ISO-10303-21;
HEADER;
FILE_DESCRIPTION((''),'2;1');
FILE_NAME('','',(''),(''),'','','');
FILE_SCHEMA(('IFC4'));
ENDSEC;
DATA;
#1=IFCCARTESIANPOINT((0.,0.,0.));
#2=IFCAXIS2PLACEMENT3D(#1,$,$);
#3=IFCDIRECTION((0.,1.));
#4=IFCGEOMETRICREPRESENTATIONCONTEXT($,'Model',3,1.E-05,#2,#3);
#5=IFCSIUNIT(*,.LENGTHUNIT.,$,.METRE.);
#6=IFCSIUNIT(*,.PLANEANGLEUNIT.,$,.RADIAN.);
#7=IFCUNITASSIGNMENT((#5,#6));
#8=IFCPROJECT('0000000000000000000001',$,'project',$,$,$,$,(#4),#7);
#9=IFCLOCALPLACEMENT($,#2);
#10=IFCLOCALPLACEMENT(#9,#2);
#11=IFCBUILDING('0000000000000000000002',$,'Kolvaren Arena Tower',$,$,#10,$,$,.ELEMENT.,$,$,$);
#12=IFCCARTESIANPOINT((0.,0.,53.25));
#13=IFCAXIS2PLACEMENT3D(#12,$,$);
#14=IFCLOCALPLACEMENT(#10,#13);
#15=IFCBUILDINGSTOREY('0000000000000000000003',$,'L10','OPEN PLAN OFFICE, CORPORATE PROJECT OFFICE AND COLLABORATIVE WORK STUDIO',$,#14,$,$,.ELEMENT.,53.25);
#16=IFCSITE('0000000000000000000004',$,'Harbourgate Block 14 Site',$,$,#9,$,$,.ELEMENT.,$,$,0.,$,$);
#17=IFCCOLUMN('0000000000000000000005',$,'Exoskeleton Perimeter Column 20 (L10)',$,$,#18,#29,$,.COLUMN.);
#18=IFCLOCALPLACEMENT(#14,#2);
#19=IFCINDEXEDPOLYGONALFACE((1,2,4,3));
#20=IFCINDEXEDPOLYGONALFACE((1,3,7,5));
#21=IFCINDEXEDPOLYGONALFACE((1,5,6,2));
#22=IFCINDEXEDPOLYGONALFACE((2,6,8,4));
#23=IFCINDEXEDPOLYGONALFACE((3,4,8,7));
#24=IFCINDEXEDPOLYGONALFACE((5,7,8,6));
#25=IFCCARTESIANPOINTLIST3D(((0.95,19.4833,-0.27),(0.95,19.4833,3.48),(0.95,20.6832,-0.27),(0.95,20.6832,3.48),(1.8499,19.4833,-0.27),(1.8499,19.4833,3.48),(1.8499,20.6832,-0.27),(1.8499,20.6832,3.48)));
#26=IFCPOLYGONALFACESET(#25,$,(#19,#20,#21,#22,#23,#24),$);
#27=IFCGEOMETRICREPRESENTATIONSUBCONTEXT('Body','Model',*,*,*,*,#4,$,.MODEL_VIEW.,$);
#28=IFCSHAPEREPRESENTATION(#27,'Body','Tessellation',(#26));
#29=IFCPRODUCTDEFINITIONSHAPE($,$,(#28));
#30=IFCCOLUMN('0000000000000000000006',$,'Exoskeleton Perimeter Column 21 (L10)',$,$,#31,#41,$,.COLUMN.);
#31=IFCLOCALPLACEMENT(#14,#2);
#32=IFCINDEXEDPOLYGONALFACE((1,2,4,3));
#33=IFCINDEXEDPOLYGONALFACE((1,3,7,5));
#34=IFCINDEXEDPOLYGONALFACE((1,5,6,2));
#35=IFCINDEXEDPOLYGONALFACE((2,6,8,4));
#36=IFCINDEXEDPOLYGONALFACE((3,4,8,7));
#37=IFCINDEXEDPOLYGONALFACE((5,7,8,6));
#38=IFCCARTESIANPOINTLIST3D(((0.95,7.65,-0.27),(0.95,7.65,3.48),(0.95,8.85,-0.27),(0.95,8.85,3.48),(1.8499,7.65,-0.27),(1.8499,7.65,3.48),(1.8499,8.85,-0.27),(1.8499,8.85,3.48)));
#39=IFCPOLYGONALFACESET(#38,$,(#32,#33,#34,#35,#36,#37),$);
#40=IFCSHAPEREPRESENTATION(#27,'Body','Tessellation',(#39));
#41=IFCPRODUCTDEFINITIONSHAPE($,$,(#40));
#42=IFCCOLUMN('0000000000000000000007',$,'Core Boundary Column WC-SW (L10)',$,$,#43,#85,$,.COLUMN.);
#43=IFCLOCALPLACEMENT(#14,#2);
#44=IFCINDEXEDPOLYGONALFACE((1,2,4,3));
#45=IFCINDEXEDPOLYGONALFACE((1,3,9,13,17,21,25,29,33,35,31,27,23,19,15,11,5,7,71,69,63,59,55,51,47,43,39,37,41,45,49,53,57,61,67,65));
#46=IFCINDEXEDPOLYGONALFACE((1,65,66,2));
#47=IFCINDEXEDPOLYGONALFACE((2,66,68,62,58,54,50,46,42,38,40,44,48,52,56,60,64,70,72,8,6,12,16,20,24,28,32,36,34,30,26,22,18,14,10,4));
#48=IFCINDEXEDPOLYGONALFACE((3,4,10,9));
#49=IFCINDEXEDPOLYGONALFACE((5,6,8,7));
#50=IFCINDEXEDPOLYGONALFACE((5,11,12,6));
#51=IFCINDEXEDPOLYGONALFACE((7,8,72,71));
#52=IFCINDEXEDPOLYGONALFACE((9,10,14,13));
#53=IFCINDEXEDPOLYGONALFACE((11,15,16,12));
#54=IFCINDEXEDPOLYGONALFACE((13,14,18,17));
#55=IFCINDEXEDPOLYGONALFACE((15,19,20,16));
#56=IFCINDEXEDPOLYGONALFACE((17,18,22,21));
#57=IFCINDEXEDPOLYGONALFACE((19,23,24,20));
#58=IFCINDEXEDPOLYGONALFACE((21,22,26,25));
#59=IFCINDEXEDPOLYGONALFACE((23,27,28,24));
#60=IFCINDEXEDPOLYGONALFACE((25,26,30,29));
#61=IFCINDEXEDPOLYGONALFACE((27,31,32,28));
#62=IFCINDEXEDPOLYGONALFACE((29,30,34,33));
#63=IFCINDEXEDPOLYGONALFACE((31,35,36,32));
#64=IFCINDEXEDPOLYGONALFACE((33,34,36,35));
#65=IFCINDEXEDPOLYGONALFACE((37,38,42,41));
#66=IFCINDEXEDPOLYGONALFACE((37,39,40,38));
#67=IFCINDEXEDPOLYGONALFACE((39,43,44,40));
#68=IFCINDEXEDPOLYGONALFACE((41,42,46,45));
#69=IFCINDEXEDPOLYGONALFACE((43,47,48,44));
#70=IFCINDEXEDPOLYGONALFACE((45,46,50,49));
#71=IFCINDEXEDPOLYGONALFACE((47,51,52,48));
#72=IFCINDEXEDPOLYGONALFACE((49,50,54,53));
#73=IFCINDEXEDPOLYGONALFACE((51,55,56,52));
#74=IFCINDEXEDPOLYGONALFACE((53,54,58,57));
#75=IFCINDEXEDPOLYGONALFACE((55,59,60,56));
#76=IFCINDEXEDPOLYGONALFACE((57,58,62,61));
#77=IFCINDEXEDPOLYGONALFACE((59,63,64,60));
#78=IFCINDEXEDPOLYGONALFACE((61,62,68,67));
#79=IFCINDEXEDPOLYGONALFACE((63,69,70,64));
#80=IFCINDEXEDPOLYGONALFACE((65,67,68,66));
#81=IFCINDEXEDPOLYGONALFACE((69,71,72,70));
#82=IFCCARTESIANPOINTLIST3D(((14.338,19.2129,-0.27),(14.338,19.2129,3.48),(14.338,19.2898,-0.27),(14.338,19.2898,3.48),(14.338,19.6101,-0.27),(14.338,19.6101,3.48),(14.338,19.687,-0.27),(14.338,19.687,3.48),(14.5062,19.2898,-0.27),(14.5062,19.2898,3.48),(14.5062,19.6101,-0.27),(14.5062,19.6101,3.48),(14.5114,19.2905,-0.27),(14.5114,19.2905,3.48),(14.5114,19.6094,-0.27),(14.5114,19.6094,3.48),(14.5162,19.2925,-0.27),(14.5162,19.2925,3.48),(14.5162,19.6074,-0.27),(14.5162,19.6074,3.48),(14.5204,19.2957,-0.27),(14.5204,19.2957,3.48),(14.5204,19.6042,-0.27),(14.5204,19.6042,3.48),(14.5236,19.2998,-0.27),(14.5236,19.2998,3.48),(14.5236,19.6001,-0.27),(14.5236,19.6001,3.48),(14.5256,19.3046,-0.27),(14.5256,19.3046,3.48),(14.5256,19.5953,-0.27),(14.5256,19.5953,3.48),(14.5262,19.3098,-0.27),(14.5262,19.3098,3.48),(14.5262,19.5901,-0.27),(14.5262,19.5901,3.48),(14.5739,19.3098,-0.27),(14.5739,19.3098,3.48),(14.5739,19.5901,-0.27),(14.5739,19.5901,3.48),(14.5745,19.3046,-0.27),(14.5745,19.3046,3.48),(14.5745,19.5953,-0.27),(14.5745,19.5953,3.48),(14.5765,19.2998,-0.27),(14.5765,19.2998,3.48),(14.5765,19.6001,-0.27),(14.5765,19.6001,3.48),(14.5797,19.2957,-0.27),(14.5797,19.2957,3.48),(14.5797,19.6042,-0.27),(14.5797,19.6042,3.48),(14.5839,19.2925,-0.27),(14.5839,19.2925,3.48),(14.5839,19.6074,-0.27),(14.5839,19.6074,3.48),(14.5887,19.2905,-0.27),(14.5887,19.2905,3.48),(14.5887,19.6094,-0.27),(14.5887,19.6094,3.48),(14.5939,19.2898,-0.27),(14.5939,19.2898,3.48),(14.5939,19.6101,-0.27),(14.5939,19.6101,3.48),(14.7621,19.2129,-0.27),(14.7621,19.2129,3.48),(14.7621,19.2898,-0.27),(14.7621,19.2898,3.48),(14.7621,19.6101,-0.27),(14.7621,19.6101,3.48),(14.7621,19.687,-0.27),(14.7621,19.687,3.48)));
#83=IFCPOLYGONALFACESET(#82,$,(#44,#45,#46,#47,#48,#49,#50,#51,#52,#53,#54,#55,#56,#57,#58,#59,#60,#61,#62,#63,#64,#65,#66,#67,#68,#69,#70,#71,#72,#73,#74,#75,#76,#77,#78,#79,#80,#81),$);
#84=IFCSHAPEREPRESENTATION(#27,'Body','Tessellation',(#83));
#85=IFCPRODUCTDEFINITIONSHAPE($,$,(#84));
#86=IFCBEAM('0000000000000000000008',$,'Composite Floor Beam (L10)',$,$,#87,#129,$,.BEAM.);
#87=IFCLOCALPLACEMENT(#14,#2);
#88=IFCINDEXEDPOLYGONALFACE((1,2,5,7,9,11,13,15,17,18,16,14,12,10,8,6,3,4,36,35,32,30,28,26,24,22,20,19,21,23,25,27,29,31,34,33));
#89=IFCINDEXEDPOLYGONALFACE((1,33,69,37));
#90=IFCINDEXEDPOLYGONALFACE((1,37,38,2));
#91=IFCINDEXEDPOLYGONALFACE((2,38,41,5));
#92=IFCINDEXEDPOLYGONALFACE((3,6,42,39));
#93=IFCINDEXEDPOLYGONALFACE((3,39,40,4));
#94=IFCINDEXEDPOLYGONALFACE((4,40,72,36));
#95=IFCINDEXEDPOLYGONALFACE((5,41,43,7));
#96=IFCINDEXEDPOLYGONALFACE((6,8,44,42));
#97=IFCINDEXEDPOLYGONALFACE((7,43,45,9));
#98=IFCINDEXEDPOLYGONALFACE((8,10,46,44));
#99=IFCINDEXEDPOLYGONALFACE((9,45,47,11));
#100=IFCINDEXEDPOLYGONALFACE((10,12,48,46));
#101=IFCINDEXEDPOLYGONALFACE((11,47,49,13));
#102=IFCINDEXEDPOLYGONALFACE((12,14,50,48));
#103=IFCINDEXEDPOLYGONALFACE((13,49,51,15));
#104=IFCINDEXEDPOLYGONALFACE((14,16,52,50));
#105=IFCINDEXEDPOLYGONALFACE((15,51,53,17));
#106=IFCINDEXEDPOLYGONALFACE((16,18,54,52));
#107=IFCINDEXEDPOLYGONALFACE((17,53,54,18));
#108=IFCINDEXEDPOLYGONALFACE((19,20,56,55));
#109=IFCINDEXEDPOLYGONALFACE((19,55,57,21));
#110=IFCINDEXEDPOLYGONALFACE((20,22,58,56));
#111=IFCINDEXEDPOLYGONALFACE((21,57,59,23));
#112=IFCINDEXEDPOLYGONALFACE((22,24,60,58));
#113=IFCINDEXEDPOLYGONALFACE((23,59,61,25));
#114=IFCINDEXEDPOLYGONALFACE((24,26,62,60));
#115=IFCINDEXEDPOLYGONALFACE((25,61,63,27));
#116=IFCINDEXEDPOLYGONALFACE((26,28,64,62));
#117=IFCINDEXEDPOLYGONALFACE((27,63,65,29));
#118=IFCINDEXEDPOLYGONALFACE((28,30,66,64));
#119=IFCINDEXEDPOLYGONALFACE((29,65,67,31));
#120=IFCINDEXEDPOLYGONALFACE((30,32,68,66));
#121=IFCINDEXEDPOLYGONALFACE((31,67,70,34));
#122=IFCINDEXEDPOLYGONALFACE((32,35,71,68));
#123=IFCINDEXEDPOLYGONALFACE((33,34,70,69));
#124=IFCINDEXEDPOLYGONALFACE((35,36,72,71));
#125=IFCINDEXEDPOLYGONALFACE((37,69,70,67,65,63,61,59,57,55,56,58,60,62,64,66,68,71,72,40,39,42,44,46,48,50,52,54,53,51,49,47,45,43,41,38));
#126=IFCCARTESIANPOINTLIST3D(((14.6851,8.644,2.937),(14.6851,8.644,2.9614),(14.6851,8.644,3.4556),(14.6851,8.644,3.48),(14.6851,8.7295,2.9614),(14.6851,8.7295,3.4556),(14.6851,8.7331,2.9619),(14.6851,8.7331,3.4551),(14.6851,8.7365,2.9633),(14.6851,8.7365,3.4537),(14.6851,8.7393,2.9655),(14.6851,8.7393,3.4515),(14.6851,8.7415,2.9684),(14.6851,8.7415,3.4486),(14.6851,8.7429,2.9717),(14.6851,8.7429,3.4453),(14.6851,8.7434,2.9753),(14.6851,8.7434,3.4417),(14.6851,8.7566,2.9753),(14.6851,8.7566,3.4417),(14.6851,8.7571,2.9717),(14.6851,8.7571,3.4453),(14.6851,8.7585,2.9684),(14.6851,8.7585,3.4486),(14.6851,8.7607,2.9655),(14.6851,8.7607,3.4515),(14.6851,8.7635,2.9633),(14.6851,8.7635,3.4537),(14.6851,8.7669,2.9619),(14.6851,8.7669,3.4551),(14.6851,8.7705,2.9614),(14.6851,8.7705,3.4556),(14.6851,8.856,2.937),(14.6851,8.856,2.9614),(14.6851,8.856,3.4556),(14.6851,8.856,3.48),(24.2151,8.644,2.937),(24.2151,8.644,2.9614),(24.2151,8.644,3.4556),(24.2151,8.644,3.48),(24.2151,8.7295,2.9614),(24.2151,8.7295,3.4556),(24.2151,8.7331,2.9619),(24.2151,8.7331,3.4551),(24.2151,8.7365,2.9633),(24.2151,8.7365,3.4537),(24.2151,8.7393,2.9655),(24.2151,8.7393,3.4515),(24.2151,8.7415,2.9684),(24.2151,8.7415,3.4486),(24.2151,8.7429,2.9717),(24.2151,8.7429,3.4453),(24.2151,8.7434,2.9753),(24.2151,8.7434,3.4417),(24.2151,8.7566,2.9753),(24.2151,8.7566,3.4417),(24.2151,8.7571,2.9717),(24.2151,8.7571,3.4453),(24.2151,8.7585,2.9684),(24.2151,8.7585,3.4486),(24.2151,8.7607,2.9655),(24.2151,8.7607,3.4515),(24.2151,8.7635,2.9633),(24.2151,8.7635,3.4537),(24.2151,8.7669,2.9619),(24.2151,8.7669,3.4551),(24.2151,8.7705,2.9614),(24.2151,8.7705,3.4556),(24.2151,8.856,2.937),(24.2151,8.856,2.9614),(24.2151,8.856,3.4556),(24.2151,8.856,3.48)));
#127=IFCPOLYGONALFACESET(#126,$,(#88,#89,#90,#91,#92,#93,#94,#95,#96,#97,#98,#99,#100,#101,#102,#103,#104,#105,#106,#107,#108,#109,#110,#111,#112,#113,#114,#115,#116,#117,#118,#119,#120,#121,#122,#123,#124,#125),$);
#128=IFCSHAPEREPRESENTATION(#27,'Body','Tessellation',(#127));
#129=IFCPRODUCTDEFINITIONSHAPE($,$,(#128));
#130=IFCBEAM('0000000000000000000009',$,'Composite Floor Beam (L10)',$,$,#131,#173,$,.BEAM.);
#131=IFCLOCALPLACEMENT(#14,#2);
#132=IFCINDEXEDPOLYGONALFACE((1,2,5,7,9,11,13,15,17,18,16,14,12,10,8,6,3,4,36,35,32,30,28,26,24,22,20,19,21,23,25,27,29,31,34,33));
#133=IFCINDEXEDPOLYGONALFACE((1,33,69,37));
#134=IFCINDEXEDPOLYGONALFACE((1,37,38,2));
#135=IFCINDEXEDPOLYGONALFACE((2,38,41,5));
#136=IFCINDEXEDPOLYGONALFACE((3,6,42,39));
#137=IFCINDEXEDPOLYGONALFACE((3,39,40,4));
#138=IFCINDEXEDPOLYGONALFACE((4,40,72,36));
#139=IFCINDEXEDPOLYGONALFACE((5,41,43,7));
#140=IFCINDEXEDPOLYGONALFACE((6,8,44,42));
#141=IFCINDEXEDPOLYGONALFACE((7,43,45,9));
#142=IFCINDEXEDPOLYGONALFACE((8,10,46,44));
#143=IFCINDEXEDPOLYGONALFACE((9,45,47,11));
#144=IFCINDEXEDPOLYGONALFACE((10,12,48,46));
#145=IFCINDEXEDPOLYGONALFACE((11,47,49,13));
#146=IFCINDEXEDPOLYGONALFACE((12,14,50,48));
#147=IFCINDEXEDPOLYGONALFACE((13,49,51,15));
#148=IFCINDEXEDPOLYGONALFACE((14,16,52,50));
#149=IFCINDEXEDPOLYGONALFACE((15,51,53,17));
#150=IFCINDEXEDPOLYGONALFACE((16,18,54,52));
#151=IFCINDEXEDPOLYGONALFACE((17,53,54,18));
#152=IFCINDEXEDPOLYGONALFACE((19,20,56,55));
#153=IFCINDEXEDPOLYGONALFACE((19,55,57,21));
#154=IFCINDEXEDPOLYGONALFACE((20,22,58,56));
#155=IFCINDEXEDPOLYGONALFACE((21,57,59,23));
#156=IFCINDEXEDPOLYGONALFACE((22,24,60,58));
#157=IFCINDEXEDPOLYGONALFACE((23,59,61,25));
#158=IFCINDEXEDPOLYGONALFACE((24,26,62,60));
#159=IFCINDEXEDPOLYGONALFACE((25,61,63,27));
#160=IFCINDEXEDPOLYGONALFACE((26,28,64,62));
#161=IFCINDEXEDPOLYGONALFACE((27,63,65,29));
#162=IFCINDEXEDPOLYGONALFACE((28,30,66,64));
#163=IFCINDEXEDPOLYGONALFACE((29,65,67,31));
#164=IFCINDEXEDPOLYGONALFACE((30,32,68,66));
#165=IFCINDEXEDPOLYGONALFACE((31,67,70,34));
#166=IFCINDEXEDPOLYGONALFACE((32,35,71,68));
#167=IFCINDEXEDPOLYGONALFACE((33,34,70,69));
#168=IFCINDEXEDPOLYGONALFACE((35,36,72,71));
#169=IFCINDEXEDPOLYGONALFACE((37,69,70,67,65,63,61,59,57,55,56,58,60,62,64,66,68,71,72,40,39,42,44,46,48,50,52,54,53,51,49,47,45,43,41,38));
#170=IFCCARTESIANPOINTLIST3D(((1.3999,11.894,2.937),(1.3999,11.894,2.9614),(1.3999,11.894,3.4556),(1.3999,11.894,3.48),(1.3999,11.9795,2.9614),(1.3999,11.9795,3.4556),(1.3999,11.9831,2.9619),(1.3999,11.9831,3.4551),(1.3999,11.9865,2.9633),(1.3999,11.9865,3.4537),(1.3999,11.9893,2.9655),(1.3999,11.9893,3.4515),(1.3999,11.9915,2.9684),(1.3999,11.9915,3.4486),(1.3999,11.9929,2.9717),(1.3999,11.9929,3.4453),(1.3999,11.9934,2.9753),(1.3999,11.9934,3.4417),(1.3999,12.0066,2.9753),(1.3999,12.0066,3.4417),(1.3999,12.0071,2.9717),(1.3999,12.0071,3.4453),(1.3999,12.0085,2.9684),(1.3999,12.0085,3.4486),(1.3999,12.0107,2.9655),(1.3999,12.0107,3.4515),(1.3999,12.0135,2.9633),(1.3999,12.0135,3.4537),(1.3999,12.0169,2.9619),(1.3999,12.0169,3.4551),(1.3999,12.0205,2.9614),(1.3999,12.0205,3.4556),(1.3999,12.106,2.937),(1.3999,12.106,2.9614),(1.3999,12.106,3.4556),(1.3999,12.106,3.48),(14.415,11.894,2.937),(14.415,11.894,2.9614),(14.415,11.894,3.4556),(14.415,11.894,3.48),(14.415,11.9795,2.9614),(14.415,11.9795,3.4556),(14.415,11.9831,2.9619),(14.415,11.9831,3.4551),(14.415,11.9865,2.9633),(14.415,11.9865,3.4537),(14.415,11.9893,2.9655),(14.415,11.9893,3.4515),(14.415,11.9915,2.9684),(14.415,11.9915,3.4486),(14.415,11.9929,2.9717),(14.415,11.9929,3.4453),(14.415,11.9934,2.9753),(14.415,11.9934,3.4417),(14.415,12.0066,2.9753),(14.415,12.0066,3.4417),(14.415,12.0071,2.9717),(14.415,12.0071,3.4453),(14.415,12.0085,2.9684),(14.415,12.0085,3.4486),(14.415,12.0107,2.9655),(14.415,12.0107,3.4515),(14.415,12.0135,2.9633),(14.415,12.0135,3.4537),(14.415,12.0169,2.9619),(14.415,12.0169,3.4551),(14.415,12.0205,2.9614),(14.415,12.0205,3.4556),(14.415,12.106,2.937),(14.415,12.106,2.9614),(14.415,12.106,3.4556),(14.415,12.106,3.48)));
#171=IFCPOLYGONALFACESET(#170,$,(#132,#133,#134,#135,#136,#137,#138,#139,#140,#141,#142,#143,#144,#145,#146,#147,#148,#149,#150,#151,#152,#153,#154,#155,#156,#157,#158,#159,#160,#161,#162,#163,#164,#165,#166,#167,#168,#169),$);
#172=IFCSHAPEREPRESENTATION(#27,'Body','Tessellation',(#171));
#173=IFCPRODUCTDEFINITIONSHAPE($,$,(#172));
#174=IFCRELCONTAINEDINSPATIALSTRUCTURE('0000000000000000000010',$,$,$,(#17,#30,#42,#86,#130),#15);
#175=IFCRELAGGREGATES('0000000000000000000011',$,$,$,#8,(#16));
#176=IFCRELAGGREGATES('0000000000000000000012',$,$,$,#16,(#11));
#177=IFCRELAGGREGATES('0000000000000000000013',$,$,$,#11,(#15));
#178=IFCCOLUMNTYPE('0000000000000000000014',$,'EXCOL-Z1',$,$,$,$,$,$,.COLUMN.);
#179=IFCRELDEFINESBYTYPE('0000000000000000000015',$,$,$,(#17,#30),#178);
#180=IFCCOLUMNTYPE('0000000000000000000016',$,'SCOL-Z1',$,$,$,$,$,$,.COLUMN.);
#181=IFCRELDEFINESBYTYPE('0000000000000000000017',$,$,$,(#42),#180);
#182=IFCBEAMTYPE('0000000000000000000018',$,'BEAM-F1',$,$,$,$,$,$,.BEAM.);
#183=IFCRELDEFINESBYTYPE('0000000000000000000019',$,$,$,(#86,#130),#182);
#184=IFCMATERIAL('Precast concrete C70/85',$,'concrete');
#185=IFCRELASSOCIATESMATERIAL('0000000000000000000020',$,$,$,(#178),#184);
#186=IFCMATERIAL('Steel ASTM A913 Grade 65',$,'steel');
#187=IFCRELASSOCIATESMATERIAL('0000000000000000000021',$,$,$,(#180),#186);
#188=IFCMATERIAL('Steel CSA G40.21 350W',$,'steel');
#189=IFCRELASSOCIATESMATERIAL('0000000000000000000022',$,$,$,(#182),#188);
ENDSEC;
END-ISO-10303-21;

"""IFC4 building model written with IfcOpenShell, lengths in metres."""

from ifc_helpers import new_model, si_unit, direction, frame, origin, origin_2d, place, context, subcontext, project, spatial, rectangle, i_section, extrude, material, material_profile, profile_set, type_object, element, save


model = new_model("IFC4")

# Units and contexts
model_context = context("Model", 3, precision=1e-05, world=origin(), true_north=direction((0.0, 1.0)))
body_context = subcontext(model_context, "Body", "Model", "MODEL_VIEW")
ifc_project = project(units=[si_unit("LENGTHUNIT", "METRE"), si_unit("PLANEANGLEUNIT", "RADIAN")], contexts=[model_context])

# Site, building, storey
site_placement = place(None, origin())
site = spatial("IfcSite", under=ifc_project, at=site_placement, Name="Harbourgate Block 14 Site", CompositionType="ELEMENT", RefElevation=0.0)
building_placement = place(site_placement, origin())
building = spatial("IfcBuilding", under=site, at=building_placement, Name="Kolvaren Arena Tower", CompositionType="ELEMENT")
storey_placement = place(building_placement, frame((0.0, 0.0, 53.25)))
storey = spatial("IfcBuildingStorey", under=building, at=storey_placement, Name="L10", Description="OPEN PLAN OFFICE, CORPORATE PROJECT OFFICE AND COLLABORATIVE WORK STUDIO", CompositionType="ELEMENT", Elevation=53.25)

# Columns
ifc_material_1 = material(Name="Precast concrete C70/85", Category="concrete")
ifc_material_profile_1 = material_profile(ifc_material_1, rectangle(XDim=1.2, YDim=0.8999, at=origin_2d()), Name="RC-1200x900")
ifc_profile_set_1 = profile_set([ifc_material_profile_1], Name="Precast concrete C70/85")
column_type_1 = type_object("IfcColumnType", Name="EXCOL-Z1", PredefinedType="COLUMN", material=ifc_profile_set_1)
for number, where, z_axis, x_axis, name in (
    (1, (1.3999, 20.0833, -0.27), (0.0, 0.0, 1.0), (0.0, 1.0, 0.0), "Exoskeleton Perimeter Column 20 (L10)"),
    (2, (1.3999, 8.25, -0.27), (0.0, 0.0, 1.0), (0.0, 1.0, 0.0), "Exoskeleton Perimeter Column 21 (L10)"),
):
    element("IfcColumn", number, at=place(storey_placement, frame(where, z_axis=z_axis, x_axis=x_axis)), inside=storey, type_object=column_type_1, Name=name, PredefinedType="COLUMN", context=body_context, shape_type="SweptSolid", body=[
        extrude(rectangle(XDim=1.2, YDim=0.8999, at=origin_2d()), origin(), (0.0, 0.0, 1.0), 3.75),
    ])
ifc_material_2 = material(Name="Steel ASTM A913 Grade 65", Category="steel")
ifc_material_profile_2 = material_profile(ifc_material_2, i_section(OverallWidth=0.4241, OverallDepth=0.4741, WebThickness=0.0476, FlangeThickness=0.0769, FilletRadius=0.02, at=origin_2d()), Name="W360x634")
ifc_profile_set_2 = profile_set([ifc_material_profile_2], Name="Steel ASTM A913 Grade 65")
column_type_2 = type_object("IfcColumnType", Name="SCOL-Z1", PredefinedType="COLUMN", material=ifc_profile_set_2)
column_placement = place(storey_placement, frame((14.55, 19.45, -0.27), z_axis=(0.0, 0.0, 1.0), x_axis=(1.0, 0.0, 0.0)))
element("IfcColumn", 3, at=column_placement, inside=storey, type_object=column_type_2, Name="Core Boundary Column WC-SW (L10)", PredefinedType="COLUMN", context=body_context, shape_type="SweptSolid", body=[
    extrude(i_section(OverallWidth=0.4241, OverallDepth=0.4741, WebThickness=0.0476, FlangeThickness=0.0769, FilletRadius=0.02, at=origin_2d()), origin(), (0.0, 0.0, 1.0), 3.75),
])

# Beams
ifc_material_3 = material(Name="Steel CSA G40.21 350W", Category="steel")
ifc_material_profile_3 = material_profile(ifc_material_3, i_section(OverallWidth=0.2119, OverallDepth=0.543, WebThickness=0.0132, FlangeThickness=0.0244, FilletRadius=0.0139, at=origin_2d()), Name="W530x150")
ifc_profile_set_3 = profile_set([ifc_material_profile_3], Name="Steel CSA G40.21 350W")
beam_type_1 = type_object("IfcBeamType", Name="BEAM-F1", PredefinedType="BEAM", material=ifc_profile_set_3)
beam_1_placement = place(storey_placement, frame((14.6851, 8.75, 3.2085), z_axis=(1.0, 0.0, 0.0), x_axis=(0.0, 1.0, 0.0)))
element("IfcBeam", 4, at=beam_1_placement, inside=storey, type_object=beam_type_1, Name="Composite Floor Beam (L10)", PredefinedType="BEAM", context=body_context, shape_type="SweptSolid", body=[
    extrude(i_section(OverallWidth=0.2119, OverallDepth=0.543, WebThickness=0.0132, FlangeThickness=0.0244, FilletRadius=0.0139, at=origin_2d()), origin(), (0.0, 0.0, 1.0), 9.53),
])
beam_2_placement = place(storey_placement, frame((1.3999, 12.0, 3.2085), z_axis=(1.0, 0.0, 0.0), x_axis=(0.0, 1.0, 0.0)))
element("IfcBeam", 5, at=beam_2_placement, inside=storey, type_object=beam_type_1, Name="Composite Floor Beam (L10)", PredefinedType="BEAM", context=body_context, shape_type="SweptSolid", body=[
    extrude(i_section(OverallWidth=0.2119, OverallDepth=0.543, WebThickness=0.0132, FlangeThickness=0.0244, FilletRadius=0.0139, at=origin_2d()), origin(), (0.0, 0.0, 1.0), 13.0151),
])

save(model, "model.ifc")
